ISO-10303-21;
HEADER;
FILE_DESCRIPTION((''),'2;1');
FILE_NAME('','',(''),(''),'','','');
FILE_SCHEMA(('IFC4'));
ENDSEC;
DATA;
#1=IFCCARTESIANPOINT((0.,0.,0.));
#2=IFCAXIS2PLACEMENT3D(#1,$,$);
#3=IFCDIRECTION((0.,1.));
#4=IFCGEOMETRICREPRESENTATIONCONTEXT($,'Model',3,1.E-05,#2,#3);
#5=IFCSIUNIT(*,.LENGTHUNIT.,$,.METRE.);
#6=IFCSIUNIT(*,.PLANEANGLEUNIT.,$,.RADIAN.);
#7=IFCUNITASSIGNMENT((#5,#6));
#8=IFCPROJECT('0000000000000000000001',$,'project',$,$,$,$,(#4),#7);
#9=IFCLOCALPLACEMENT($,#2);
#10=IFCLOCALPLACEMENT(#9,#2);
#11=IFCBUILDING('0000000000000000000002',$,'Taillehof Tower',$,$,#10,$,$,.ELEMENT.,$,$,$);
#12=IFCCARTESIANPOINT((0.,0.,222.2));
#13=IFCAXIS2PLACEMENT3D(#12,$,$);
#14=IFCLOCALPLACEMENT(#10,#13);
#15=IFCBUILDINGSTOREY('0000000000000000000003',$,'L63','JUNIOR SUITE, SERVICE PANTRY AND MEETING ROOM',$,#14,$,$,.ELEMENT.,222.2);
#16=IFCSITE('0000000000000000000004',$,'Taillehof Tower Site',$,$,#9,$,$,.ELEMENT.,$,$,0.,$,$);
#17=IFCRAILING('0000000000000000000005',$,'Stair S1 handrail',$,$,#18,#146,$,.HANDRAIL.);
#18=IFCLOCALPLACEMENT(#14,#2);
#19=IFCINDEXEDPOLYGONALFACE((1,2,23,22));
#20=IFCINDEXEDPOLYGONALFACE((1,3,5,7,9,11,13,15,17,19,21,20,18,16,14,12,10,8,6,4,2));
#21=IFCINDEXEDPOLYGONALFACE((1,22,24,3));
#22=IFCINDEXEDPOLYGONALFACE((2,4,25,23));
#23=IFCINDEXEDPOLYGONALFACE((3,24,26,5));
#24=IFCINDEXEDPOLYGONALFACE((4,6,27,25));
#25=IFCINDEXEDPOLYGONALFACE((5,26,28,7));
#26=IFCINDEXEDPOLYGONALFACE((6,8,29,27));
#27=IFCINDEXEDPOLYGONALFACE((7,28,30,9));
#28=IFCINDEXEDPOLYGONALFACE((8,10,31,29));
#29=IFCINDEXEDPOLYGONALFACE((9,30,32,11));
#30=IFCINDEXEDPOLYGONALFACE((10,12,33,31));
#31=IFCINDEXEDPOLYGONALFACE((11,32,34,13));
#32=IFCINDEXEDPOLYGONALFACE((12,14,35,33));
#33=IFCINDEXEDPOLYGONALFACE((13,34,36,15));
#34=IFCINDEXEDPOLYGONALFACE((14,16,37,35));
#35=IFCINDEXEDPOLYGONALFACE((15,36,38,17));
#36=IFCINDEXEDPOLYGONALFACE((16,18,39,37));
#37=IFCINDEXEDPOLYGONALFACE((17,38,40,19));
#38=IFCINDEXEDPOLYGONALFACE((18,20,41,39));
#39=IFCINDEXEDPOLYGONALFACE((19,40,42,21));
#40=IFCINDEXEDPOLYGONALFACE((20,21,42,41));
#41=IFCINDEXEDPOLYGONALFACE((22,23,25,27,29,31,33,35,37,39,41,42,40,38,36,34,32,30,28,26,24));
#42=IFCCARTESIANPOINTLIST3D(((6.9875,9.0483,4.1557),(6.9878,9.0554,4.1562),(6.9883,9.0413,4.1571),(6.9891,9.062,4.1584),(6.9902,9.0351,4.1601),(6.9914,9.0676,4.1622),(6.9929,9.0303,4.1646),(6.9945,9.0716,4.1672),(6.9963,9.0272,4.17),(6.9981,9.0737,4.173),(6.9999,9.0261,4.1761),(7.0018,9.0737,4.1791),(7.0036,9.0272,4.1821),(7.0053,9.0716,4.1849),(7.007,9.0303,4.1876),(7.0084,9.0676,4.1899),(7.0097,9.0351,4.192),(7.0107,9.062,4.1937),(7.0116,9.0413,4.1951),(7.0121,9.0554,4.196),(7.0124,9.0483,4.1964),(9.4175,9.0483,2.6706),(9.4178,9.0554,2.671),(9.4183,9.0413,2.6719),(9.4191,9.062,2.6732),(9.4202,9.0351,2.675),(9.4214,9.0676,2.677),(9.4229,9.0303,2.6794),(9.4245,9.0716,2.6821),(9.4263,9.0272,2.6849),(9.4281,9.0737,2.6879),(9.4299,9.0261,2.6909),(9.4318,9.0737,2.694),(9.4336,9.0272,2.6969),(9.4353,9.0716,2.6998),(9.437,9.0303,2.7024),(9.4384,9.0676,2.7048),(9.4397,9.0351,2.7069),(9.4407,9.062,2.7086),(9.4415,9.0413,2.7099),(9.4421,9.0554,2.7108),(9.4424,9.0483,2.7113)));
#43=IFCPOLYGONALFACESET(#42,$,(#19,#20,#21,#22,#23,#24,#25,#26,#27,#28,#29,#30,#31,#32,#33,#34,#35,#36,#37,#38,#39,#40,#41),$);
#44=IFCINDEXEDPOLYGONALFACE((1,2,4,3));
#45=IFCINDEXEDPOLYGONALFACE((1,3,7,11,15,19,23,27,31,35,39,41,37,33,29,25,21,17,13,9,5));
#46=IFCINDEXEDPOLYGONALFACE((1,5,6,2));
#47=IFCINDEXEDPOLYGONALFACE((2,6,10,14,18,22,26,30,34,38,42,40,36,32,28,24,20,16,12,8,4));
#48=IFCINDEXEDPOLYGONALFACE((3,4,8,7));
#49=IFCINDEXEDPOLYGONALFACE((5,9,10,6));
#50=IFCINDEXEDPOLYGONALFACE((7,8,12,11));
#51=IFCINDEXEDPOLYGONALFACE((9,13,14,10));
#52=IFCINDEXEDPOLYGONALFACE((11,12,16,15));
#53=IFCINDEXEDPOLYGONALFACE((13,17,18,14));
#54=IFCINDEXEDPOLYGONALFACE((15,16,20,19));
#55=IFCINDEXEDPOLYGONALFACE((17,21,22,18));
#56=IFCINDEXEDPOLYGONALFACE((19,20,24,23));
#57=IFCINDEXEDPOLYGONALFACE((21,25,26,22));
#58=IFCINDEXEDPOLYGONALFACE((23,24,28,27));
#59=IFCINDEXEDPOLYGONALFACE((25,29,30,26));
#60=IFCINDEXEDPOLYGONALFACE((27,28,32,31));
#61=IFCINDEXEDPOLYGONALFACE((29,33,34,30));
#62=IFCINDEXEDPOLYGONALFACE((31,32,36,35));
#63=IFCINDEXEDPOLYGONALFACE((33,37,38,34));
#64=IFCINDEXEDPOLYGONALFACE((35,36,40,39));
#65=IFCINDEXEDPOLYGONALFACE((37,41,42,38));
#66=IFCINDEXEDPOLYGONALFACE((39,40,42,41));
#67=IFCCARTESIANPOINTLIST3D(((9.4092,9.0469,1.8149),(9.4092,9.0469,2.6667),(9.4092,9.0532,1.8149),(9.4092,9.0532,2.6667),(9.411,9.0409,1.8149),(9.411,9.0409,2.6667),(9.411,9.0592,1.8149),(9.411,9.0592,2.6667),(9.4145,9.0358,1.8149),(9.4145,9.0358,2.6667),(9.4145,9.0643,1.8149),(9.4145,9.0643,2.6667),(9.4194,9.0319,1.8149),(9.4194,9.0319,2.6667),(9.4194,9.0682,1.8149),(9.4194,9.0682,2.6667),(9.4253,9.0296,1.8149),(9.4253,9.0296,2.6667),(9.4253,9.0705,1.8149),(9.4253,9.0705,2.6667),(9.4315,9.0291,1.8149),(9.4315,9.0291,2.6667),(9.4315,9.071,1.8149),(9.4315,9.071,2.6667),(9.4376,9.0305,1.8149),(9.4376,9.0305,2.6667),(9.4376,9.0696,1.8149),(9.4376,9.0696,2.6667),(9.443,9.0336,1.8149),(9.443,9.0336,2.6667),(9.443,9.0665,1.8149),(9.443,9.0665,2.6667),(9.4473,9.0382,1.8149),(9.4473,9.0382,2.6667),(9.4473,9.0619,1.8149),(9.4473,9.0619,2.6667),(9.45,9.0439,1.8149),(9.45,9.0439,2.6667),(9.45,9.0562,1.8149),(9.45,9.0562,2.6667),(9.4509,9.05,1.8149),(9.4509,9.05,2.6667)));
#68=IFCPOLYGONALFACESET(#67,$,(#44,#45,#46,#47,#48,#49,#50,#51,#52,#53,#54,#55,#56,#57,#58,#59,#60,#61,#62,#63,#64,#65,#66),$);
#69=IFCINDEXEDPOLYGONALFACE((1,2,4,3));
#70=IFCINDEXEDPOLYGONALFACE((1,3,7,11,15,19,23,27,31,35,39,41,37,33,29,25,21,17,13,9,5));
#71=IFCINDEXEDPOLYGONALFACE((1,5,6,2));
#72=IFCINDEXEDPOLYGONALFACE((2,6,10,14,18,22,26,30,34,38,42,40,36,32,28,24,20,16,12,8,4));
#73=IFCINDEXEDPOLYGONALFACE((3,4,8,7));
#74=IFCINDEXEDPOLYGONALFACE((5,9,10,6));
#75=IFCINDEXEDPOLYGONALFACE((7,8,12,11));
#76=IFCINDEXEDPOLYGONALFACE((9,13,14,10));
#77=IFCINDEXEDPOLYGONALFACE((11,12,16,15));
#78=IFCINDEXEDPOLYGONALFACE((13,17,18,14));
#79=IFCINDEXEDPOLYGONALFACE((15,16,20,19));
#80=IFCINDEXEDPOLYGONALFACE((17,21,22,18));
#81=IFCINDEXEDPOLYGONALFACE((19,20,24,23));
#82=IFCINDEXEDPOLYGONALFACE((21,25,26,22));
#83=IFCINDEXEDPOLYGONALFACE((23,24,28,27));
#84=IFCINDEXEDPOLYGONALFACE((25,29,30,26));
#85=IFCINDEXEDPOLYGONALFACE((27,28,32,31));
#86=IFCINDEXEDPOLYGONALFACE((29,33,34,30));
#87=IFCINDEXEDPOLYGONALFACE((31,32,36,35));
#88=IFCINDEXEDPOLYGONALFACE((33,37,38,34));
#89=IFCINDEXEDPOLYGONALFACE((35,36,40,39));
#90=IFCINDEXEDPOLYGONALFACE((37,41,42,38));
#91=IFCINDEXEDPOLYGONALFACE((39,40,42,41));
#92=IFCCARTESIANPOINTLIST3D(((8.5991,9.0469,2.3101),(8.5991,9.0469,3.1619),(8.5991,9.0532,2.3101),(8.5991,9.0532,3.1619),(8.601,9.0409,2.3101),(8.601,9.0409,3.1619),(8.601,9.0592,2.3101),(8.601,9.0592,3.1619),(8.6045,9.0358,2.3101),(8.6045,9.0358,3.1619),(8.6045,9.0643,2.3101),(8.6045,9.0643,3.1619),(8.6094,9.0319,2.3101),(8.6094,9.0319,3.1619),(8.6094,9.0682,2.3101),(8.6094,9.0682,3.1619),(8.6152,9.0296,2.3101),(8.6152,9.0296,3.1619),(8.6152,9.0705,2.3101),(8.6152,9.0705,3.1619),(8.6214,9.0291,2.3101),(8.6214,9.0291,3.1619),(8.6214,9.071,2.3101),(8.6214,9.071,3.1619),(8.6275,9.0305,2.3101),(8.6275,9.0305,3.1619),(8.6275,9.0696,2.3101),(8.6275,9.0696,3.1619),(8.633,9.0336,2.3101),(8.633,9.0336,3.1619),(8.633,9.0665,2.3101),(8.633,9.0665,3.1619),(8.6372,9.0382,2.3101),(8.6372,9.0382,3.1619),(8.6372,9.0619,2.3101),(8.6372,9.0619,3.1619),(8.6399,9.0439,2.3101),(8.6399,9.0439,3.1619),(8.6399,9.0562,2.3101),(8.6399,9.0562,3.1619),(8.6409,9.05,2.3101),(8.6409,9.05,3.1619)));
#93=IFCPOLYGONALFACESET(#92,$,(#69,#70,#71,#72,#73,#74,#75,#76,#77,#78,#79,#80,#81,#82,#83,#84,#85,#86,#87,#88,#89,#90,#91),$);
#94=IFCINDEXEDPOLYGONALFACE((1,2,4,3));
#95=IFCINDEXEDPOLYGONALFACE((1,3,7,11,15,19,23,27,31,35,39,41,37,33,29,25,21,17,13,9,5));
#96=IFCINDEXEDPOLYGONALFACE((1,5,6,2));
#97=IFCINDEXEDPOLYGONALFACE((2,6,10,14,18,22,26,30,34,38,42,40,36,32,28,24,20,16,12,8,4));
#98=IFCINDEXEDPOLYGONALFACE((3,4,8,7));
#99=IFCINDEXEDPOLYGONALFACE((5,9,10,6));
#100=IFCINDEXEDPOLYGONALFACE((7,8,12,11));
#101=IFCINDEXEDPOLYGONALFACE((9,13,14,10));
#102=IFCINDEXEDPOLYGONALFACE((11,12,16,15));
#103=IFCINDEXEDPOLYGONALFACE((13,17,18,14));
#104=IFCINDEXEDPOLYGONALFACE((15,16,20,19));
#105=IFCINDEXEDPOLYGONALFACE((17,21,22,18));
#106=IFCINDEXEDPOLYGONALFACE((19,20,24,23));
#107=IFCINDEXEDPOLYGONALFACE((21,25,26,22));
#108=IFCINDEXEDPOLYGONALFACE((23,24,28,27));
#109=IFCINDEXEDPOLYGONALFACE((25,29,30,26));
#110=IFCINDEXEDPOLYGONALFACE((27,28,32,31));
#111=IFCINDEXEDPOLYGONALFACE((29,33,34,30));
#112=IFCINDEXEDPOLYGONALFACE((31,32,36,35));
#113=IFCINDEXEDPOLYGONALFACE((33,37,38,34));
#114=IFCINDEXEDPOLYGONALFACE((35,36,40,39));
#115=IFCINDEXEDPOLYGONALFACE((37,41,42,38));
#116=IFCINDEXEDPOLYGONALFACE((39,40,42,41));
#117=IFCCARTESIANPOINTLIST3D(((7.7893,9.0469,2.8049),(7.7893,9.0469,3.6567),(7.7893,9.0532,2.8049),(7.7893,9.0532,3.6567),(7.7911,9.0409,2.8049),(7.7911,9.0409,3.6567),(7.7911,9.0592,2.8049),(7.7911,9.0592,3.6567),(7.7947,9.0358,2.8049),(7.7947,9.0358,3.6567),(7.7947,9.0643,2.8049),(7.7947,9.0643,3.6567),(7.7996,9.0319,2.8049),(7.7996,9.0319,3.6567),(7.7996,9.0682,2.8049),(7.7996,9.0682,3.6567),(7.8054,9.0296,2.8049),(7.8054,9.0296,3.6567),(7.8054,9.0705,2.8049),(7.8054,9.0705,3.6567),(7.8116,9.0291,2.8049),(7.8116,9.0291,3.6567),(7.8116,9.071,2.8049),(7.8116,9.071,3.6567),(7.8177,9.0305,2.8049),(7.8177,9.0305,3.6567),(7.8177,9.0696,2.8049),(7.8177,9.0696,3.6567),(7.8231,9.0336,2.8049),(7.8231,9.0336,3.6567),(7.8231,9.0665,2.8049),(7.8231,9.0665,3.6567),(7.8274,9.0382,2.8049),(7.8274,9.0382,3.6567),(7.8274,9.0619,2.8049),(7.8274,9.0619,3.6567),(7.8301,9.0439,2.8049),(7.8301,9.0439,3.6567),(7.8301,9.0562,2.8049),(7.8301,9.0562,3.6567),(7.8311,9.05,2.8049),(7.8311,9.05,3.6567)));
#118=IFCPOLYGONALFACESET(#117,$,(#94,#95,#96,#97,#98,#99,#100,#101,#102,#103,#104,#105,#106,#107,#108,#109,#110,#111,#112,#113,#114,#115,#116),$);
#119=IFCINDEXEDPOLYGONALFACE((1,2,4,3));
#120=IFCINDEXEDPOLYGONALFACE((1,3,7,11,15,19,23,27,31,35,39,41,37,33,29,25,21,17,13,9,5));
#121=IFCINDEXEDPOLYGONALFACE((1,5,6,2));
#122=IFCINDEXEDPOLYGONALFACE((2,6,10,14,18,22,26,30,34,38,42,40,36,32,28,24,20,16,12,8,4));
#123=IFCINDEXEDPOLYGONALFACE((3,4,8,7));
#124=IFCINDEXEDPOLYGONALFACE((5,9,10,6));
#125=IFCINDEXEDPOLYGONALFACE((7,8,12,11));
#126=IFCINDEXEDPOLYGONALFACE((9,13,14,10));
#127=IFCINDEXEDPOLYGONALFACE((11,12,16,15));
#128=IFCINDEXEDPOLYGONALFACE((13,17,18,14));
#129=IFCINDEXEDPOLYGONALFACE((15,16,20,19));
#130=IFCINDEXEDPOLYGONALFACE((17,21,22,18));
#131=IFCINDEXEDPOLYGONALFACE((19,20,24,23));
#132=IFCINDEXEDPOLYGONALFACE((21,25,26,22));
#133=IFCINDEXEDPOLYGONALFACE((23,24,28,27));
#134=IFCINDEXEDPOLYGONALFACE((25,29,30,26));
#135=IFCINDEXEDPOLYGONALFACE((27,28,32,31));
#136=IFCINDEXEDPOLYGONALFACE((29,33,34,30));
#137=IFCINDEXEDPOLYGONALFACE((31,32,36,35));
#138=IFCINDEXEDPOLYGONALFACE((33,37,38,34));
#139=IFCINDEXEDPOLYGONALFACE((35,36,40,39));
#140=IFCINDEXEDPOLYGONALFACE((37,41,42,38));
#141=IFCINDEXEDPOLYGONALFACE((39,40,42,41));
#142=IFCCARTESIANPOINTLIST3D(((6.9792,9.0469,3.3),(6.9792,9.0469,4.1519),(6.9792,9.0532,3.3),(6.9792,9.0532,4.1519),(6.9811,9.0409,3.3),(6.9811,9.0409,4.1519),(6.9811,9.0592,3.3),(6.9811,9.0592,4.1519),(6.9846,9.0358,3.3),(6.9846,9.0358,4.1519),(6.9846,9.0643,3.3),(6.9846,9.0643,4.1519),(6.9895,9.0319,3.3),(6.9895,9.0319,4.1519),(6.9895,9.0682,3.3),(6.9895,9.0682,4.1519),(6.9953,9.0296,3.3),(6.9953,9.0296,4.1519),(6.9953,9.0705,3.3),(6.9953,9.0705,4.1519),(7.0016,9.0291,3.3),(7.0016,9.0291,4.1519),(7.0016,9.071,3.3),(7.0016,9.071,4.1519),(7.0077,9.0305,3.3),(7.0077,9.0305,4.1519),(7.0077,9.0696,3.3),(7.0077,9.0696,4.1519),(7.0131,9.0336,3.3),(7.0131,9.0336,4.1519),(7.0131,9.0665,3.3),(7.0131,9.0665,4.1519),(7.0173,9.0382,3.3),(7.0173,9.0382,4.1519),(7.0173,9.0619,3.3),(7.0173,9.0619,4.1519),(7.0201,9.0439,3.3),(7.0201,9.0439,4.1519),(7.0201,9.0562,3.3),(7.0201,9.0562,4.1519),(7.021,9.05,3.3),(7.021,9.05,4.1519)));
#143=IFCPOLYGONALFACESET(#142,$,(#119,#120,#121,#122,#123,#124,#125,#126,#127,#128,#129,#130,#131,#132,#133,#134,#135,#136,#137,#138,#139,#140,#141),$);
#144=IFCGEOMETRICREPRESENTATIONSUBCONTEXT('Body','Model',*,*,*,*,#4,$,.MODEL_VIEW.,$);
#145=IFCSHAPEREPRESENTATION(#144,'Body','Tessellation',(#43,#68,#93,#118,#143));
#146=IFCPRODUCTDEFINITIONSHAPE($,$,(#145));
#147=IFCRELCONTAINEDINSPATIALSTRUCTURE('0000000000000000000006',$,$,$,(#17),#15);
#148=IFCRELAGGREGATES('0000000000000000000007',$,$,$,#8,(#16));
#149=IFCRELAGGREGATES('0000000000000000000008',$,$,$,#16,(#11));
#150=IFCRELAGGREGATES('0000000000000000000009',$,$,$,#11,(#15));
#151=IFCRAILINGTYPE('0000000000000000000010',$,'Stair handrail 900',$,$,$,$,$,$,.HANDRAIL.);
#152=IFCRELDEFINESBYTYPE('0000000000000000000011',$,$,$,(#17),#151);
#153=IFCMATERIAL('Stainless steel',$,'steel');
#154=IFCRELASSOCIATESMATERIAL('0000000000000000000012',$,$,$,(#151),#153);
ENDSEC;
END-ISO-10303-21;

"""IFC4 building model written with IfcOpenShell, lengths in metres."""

from ifc_helpers import new_model, si_unit, direction, frame, origin, origin_2d, place, context, subcontext, project, spatial, circle, extrude, material, type_object, element, save


model = new_model("IFC4")

# Units and contexts
model_context = context("Model", 3, precision=1e-05, world=origin(), true_north=direction((0.0, 1.0)))
body_context = subcontext(model_context, "Body", "Model", "MODEL_VIEW")
ifc_project = project(units=[si_unit("LENGTHUNIT", "METRE"), si_unit("PLANEANGLEUNIT", "RADIAN")], contexts=[model_context])

# Site, building, storey
site_placement = place(None, origin())
site = spatial("IfcSite", under=ifc_project, at=site_placement, Name="Taillehof Tower Site", CompositionType="ELEMENT", RefElevation=0.0)
building_placement = place(site_placement, origin())
building = spatial("IfcBuilding", under=site, at=building_placement, Name="Taillehof Tower", CompositionType="ELEMENT")
storey_placement = place(building_placement, frame((0.0, 0.0, 222.2)))
storey = spatial("IfcBuildingStorey", under=building, at=storey_placement, Name="L63", Description="JUNIOR SUITE, SERVICE PANTRY AND MEETING ROOM", CompositionType="ELEMENT", Elevation=222.2)

# Railing
ifc_material_1 = material(Name="Stainless steel", Category="steel")
railing_type = type_object("IfcRailingType", Name="Stair handrail 900", PredefinedType="HANDRAIL", material=ifc_material_1)
railing_placement = place(storey_placement, frame((9.4299, 9.05, 1.8149)))
element("IfcRailing", 1, at=railing_placement, inside=storey, type_object=railing_type, Name="Stair S1 handrail", PredefinedType="HANDRAIL", context=body_context, shape_type="SweptSolid", body=[
    extrude(circle(Radius=0.0239, at=origin_2d()), frame((0.0, 0.0, 0.876), z_axis=(-0.853259, 0.0, 0.521488), x_axis=(0.0, -1.0, 0.0)), (0.0, 0.0, 1.0), 2.8479),
    extrude(circle(Radius=0.021, at=origin_2d()), origin(), (0.0, 0.0, 1.0), 0.8518),
    extrude(circle(Radius=0.021, at=origin_2d()), frame((-0.8101, 0.0, 0.4951)), (0.0, 0.0, 1.0), 0.8518),
    extrude(circle(Radius=0.021, at=origin_2d()), frame((-1.6199, 0.0, 0.99)), (0.0, 0.0, 1.0), 0.8518),
    extrude(circle(Radius=0.021, at=origin_2d()), frame((-2.4299, 0.0, 1.4851)), (0.0, 0.0, 1.0), 0.8518),
])

save(model, "model.ifc")
